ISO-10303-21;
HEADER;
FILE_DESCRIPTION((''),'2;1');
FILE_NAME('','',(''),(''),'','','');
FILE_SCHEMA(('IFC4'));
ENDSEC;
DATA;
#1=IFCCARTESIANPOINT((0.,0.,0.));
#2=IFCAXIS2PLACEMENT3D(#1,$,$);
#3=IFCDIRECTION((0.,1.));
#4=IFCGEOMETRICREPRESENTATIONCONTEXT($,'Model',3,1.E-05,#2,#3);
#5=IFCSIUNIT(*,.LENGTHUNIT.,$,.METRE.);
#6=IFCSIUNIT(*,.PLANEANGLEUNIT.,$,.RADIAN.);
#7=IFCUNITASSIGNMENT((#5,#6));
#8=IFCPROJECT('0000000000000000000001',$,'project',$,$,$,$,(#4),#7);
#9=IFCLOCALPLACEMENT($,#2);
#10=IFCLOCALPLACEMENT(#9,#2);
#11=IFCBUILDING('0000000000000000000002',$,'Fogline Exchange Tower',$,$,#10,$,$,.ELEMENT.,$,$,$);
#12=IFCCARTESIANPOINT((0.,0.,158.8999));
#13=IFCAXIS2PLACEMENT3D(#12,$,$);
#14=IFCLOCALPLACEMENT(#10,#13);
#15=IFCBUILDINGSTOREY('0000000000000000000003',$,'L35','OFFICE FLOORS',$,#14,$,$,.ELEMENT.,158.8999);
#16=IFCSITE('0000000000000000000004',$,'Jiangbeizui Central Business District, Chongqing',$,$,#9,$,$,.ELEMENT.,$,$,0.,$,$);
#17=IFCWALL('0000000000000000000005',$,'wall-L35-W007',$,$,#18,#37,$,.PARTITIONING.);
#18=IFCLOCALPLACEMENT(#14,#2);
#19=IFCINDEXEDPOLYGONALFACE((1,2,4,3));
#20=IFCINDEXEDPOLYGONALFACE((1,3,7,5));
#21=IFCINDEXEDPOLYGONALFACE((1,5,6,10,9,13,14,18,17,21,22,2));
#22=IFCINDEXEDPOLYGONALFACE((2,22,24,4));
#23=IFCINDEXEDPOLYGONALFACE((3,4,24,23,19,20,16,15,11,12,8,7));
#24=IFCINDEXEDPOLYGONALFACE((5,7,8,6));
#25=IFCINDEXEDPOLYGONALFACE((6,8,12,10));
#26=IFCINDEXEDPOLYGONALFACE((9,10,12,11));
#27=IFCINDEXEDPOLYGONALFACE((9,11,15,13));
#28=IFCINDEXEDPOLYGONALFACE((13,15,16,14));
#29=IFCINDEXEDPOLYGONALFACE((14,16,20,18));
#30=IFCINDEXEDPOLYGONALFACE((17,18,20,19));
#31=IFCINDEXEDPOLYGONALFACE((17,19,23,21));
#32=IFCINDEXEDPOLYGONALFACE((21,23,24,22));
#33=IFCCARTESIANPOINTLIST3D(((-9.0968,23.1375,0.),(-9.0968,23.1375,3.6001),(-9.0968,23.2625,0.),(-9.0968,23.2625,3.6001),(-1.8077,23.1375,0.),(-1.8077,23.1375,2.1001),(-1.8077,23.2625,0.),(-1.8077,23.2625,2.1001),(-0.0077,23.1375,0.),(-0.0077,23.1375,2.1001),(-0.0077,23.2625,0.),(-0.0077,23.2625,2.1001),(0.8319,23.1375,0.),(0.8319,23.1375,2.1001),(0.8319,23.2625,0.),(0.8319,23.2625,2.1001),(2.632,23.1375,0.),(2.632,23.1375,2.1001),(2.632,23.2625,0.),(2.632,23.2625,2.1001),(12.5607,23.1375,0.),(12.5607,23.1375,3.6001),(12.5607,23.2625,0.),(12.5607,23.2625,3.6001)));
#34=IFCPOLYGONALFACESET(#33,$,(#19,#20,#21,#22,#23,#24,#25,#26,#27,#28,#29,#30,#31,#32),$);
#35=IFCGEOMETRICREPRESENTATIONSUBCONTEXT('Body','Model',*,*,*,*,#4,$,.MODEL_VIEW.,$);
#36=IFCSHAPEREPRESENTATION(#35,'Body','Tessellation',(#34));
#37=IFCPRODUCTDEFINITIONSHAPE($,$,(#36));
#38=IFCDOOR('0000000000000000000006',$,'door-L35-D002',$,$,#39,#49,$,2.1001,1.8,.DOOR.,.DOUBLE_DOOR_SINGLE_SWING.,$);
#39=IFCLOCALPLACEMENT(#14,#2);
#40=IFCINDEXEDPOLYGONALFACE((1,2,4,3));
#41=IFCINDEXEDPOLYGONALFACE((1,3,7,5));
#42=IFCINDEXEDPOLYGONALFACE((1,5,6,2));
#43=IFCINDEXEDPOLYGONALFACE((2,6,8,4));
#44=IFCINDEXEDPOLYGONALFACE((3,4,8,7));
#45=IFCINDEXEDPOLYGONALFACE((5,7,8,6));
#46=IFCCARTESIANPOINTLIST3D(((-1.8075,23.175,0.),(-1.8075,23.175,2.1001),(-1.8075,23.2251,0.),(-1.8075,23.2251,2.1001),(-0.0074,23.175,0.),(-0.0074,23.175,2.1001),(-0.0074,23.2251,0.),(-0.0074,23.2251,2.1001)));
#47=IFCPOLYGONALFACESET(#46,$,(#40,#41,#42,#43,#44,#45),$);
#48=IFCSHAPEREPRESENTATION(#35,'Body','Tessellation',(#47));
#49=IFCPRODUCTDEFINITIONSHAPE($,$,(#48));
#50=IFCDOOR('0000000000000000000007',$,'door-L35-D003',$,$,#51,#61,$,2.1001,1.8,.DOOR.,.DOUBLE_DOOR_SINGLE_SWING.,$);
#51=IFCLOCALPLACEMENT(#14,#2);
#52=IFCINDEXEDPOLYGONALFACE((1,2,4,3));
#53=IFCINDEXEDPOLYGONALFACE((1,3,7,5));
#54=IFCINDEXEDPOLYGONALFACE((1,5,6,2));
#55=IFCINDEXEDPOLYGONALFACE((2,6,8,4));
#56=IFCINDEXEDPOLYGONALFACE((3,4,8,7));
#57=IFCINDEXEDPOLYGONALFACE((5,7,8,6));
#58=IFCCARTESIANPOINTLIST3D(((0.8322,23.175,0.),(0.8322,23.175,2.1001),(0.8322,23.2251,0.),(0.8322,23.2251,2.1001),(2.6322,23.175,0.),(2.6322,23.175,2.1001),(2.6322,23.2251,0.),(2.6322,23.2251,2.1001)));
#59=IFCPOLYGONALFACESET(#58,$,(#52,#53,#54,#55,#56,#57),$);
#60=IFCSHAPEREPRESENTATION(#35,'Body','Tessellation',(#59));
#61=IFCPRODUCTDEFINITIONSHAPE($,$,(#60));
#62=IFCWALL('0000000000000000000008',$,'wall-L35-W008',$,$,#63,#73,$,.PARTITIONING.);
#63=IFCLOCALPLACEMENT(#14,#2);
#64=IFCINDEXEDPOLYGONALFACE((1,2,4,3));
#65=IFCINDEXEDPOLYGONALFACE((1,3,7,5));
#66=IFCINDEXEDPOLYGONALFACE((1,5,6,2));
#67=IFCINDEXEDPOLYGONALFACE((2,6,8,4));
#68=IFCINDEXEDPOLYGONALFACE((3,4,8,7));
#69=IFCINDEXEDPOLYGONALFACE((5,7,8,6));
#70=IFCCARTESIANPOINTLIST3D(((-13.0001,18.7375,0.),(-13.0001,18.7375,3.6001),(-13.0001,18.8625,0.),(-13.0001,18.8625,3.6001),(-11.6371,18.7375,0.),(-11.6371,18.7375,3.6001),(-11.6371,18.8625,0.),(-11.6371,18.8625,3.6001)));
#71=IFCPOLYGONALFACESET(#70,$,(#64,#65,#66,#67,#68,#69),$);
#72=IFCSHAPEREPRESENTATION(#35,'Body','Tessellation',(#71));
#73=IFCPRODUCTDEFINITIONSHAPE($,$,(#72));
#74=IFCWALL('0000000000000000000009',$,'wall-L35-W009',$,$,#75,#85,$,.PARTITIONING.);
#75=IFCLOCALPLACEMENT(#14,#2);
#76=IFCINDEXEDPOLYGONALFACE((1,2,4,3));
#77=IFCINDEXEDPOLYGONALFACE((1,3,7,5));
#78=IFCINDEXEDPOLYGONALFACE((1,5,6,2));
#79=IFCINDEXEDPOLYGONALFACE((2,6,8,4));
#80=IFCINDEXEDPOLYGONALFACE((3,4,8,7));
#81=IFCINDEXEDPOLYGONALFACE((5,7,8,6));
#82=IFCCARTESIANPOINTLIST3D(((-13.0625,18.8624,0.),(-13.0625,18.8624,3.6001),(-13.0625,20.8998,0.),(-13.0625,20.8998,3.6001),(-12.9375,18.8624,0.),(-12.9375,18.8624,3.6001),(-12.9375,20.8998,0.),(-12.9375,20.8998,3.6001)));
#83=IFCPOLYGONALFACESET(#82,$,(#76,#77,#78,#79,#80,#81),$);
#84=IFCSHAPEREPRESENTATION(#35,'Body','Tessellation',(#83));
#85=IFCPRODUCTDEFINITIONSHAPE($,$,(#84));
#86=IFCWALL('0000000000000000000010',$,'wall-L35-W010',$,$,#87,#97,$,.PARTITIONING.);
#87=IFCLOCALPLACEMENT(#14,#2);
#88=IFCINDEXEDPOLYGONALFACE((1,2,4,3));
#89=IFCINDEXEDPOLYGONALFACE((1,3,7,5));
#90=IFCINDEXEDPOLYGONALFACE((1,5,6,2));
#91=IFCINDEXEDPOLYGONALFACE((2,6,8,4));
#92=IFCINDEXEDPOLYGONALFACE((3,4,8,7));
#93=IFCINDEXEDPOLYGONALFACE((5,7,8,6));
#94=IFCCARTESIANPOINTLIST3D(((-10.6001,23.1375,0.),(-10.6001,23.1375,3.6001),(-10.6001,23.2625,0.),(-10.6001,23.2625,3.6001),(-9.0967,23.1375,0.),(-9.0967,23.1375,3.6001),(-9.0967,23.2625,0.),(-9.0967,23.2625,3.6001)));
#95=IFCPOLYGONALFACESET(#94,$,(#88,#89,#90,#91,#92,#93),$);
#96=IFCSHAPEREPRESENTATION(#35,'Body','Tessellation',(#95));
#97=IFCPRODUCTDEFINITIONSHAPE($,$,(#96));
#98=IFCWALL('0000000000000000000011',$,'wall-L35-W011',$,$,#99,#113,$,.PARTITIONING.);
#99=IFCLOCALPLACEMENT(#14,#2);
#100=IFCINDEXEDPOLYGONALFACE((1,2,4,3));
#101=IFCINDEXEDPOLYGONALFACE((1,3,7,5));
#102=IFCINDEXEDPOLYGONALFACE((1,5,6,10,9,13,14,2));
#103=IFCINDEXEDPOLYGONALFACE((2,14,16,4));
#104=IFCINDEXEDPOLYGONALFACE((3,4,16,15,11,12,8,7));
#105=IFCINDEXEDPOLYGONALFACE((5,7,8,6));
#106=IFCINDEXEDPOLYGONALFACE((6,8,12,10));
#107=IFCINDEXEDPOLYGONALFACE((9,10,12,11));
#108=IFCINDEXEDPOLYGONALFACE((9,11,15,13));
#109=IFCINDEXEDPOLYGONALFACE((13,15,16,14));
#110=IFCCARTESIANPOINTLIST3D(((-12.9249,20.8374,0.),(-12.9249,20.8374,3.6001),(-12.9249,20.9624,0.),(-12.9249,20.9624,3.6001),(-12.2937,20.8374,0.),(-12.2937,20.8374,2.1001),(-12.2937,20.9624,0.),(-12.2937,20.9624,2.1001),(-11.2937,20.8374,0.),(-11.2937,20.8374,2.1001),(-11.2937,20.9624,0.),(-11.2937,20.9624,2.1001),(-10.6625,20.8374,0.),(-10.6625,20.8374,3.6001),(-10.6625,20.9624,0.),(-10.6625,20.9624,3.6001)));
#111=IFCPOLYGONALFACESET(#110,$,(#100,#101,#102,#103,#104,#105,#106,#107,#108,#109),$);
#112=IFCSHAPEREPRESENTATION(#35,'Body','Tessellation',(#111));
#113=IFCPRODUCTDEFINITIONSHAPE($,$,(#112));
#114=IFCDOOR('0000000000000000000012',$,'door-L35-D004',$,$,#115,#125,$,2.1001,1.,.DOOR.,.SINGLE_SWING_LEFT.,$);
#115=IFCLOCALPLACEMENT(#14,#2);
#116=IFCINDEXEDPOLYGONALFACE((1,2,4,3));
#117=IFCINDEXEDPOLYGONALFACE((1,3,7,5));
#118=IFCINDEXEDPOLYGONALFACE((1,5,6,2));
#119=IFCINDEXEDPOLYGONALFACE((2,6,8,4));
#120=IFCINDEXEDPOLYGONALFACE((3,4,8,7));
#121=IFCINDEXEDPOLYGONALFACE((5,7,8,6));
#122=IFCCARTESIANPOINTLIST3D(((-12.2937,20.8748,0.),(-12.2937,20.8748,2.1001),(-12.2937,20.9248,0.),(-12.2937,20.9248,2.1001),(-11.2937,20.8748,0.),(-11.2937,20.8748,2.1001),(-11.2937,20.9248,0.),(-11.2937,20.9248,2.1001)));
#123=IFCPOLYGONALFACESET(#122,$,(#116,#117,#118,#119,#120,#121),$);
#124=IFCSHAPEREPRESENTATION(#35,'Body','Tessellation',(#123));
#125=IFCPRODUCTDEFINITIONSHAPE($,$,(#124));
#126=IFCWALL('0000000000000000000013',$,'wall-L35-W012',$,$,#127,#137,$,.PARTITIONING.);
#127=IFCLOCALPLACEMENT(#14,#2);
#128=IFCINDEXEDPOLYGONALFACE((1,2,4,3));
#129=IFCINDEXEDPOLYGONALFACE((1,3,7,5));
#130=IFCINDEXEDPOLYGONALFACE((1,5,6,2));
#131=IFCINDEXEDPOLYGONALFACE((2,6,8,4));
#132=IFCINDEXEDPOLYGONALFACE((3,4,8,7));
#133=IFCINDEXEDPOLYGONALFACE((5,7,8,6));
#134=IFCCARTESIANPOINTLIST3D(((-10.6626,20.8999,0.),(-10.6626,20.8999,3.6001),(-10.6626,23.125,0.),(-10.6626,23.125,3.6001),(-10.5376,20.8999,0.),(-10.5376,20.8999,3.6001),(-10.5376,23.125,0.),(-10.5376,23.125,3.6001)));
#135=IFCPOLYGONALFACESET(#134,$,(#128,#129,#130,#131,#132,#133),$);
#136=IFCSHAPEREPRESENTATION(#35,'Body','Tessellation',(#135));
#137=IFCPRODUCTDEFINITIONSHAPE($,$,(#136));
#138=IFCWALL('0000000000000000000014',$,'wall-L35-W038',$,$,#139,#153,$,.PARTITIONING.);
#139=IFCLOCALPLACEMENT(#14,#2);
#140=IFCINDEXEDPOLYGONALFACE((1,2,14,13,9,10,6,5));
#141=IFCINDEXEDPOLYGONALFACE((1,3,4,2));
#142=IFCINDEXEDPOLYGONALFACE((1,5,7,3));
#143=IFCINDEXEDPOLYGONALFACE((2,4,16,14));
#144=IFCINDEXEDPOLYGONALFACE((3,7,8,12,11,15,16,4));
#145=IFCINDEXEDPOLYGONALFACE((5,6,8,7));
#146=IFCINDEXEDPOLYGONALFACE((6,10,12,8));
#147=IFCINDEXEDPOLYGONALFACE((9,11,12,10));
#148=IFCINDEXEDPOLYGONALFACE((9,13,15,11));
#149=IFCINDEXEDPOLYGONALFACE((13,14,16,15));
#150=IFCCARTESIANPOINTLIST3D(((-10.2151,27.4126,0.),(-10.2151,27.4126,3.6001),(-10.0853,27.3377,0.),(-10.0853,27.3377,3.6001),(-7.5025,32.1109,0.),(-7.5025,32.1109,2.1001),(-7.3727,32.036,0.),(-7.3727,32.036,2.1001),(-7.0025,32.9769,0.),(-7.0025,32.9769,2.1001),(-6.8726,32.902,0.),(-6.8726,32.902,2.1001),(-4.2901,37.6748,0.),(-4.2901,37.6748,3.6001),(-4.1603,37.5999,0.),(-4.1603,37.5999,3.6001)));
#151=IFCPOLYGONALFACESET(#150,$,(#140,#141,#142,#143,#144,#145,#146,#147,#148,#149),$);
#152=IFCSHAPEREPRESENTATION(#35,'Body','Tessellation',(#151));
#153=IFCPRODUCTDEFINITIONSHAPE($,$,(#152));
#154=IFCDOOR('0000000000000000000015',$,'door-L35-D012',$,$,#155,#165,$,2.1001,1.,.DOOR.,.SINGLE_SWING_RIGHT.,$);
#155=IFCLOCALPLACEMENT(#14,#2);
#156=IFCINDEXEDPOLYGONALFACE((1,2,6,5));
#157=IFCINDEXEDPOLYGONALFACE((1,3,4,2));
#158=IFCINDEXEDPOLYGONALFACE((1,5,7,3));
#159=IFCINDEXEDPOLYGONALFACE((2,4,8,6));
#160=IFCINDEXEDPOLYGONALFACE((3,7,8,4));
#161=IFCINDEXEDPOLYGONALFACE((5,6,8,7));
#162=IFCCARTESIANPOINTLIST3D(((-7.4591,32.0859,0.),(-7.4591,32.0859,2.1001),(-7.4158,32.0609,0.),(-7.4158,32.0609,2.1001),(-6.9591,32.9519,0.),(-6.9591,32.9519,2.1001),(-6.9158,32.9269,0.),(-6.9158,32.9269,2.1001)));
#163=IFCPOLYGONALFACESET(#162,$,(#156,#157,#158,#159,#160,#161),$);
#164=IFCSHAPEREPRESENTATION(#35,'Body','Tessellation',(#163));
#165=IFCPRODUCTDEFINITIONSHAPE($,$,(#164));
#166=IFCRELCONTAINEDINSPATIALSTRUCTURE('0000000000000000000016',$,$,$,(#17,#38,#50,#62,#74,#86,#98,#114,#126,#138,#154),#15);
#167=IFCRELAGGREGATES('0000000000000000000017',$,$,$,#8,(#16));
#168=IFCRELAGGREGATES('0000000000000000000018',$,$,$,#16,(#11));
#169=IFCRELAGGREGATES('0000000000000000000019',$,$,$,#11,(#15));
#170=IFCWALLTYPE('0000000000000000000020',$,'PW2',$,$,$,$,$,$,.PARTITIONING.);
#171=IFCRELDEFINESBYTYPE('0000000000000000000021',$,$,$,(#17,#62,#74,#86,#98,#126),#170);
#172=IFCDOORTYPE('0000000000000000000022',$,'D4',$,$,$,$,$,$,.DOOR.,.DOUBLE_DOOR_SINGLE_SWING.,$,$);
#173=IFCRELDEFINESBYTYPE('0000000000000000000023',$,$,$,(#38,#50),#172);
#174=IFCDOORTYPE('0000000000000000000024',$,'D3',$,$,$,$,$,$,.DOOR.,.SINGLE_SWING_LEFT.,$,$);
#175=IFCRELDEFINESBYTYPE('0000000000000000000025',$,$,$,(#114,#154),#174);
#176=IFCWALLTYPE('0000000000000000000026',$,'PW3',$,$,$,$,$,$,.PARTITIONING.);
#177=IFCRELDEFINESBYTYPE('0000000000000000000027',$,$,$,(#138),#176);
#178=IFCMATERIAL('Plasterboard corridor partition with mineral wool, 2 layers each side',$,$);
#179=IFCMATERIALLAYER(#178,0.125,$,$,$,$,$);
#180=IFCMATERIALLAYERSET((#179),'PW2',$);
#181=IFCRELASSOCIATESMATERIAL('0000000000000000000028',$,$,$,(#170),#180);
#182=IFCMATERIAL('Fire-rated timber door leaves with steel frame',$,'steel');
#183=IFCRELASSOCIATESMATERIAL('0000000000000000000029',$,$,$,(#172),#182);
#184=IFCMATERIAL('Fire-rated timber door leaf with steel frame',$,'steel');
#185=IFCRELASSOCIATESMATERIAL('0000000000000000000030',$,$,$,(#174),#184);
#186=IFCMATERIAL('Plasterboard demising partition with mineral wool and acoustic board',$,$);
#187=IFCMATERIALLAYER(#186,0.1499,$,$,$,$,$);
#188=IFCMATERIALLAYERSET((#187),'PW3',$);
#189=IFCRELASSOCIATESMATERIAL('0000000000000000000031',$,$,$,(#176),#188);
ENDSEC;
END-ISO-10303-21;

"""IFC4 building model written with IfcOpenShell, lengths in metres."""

from ifc_helpers import new_model, si_unit, direction, frame, frame_2d, origin, place, context, subcontext, project, spatial, rectangle, extrude, material, layer, layer_set, type_object, element, fill, save


model = new_model("IFC4")

# Units and contexts
model_context = context("Model", 3, precision=1e-05, world=origin(), true_north=direction((0.0, 1.0)))
body_context = subcontext(model_context, "Body", "Model", "MODEL_VIEW")
ifc_project = project(units=[si_unit("LENGTHUNIT", "METRE"), si_unit("PLANEANGLEUNIT", "RADIAN")], contexts=[model_context])

# Site, building, storey
site_placement = place(None, origin())
site = spatial("IfcSite", under=ifc_project, at=site_placement, Name="Jiangbeizui Central Business District, Chongqing", CompositionType="ELEMENT", RefElevation=0.0)
building_placement = place(site_placement, origin())
building = spatial("IfcBuilding", under=site, at=building_placement, Name="Fogline Exchange Tower", CompositionType="ELEMENT")
storey_placement = place(building_placement, frame((0.0, 0.0, 158.8999)))
storey = spatial("IfcBuildingStorey", under=building, at=storey_placement, Name="L35", Description="OFFICE FLOORS", CompositionType="ELEMENT", Elevation=158.8999)

# Wall, openings, doors
ifc_material_1 = material(Name="Plasterboard corridor partition with mineral wool, 2 layers each side")
ifc_layer_1 = layer(ifc_material_1, 0.125)
ifc_layer_set_1 = layer_set([ifc_layer_1], Name="PW2")
wall_type_1 = type_object("IfcWallType", Name="PW2", PredefinedType="PARTITIONING", material=ifc_layer_set_1)
wall_1_placement = place(storey_placement, frame((-9.0967, 23.2, 0.0), z_axis=(0.0, 0.0, 1.0), x_axis=(1.0, 0.0, 0.0)))
wall_1 = element("IfcWall", 1, at=wall_1_placement, inside=storey, type_object=wall_type_1, Name="wall-L35-W007", PredefinedType="PARTITIONING", context=body_context, shape_type="SweptSolid", body=[
    extrude(rectangle(XDim=21.6575, YDim=0.125, at=frame_2d((10.8286, 0.0))), origin(), (0.0, 0.0, 1.0), 3.6001),
])
opening_1_placement = place(wall_1_placement, frame((7.2891, 0.0, 0.0)))
opening_1 = element("IfcOpeningElement", 2, at=opening_1_placement, cuts=wall_1, PredefinedType="OPENING", context=body_context, shape_type="SweptSolid", body=[
    extrude(rectangle(XDim=1.8, YDim=2.1001, at=frame_2d((0.8999, 1.05))), frame((0.0, 0.0725, 0.0), z_axis=(0.0, -1.0, 0.0), x_axis=(1.0, 0.0, 0.0)), (0.0, 0.0, 1.0), 0.145),
])
opening_2_placement = place(wall_1_placement, frame((9.9287, 0.0, 0.0)))
opening_2 = element("IfcOpeningElement", 3, at=opening_2_placement, cuts=wall_1, PredefinedType="OPENING", context=body_context, shape_type="SweptSolid", body=[
    extrude(rectangle(XDim=1.8, YDim=2.1001, at=frame_2d((0.8999, 1.05))), frame((0.0, 0.0725, 0.0), z_axis=(0.0, -1.0, 0.0), x_axis=(1.0, 0.0, 0.0)), (0.0, 0.0, 1.0), 0.145),
])
ifc_material_2 = material(Name="Fire-rated timber door leaves with steel frame", Category="steel")
door_type_1 = type_object("IfcDoorType", Name="D4", OperationType="DOUBLE_DOOR_SINGLE_SWING", PredefinedType="DOOR", material=ifc_material_2)
door_1_placement = place(opening_1_placement, frame((1.8, 0.0, 0.0), z_axis=(0.0, 0.0, 1.0), x_axis=(-1.0, 0.0, 0.0)))
door_1 = element("IfcDoor", 4, at=door_1_placement, inside=storey, type_object=door_type_1, Name="door-L35-D002", OperationType="DOUBLE_DOOR_SINGLE_SWING", OverallHeight=2.1001, OverallWidth=1.8, PredefinedType="DOOR", context=body_context, shape_type="SweptSolid", body=[
    extrude(rectangle(XDim=1.8, YDim=2.1001, at=frame_2d((0.8999, 1.05))), frame((0.0, 0.0249, 0.0), z_axis=(0.0, -1.0, 0.0), x_axis=(1.0, 0.0, 0.0)), (0.0, 0.0, 1.0), 0.05),
])
fill(opening_1, door_1)
door_2_placement = place(opening_2_placement, frame((1.8, 0.0, 0.0), z_axis=(0.0, 0.0, 1.0), x_axis=(-1.0, 0.0, 0.0)))
door_2 = element("IfcDoor", 5, at=door_2_placement, inside=storey, type_object=door_type_1, Name="door-L35-D003", OperationType="DOUBLE_DOOR_SINGLE_SWING", OverallHeight=2.1001, OverallWidth=1.8, PredefinedType="DOOR", context=body_context, shape_type="SweptSolid", body=[
    extrude(rectangle(XDim=1.8, YDim=2.1001, at=frame_2d((0.8999, 1.05))), frame((0.0, 0.0249, 0.0), z_axis=(0.0, -1.0, 0.0), x_axis=(1.0, 0.0, 0.0)), (0.0, 0.0, 1.0), 0.05),
])
fill(opening_2, door_2)

# Walls
wall_2_placement = place(storey_placement, frame((-11.637, 18.8, 0.0), z_axis=(0.0, 0.0, 1.0), x_axis=(-1.0, 0.0, 0.0)))
element("IfcWall", 6, at=wall_2_placement, inside=storey, type_object=wall_type_1, Name="wall-L35-W008", PredefinedType="PARTITIONING", context=body_context, shape_type="SweptSolid", body=[
    extrude(rectangle(XDim=1.363, YDim=0.125, at=frame_2d((0.6816, 0.0))), origin(), (0.0, 0.0, 1.0), 3.6001),
])
wall_3_placement = place(storey_placement, frame((-13.0, 18.8625, 0.0), z_axis=(0.0, 0.0, 1.0), x_axis=(0.0, 1.0, 0.0)))
element("IfcWall", 7, at=wall_3_placement, inside=storey, type_object=wall_type_1, Name="wall-L35-W009", PredefinedType="PARTITIONING", context=body_context, shape_type="SweptSolid", body=[
    extrude(rectangle(XDim=2.0374, YDim=0.125, at=frame_2d((1.0186, 0.0))), origin(), (0.0, 0.0, 1.0), 3.6001),
])
wall_4_placement = place(storey_placement, frame((-10.6001, 23.2, 0.0), z_axis=(0.0, 0.0, 1.0), x_axis=(1.0, 0.0, 0.0)))
element("IfcWall", 8, at=wall_4_placement, inside=storey, type_object=wall_type_1, Name="wall-L35-W010", PredefinedType="PARTITIONING", context=body_context, shape_type="SweptSolid", body=[
    extrude(rectangle(XDim=1.5034, YDim=0.125, at=frame_2d((0.7517, 0.0))), origin(), (0.0, 0.0, 1.0), 3.6001),
])

# Wall, opening, door
wall_5_placement = place(storey_placement, frame((-12.925, 20.8999, 0.0), z_axis=(0.0, 0.0, 1.0), x_axis=(1.0, 0.0, 0.0)))
wall_5 = element("IfcWall", 9, at=wall_5_placement, inside=storey, type_object=wall_type_1, Name="wall-L35-W011", PredefinedType="PARTITIONING", context=body_context, shape_type="SweptSolid", body=[
    extrude(rectangle(XDim=2.2625, YDim=0.125, at=frame_2d((1.1313, 0.0))), origin(), (0.0, 0.0, 1.0), 3.6001),
])
opening_3_placement = place(wall_5_placement, frame((0.6313, 0.0, 0.0)))
opening_3 = element("IfcOpeningElement", 10, at=opening_3_placement, cuts=wall_5, PredefinedType="OPENING", context=body_context, shape_type="SweptSolid", body=[
    extrude(rectangle(XDim=1.0, YDim=2.1001, at=frame_2d((0.5, 1.05))), frame((0.0, 0.0725, 0.0), z_axis=(0.0, -1.0, 0.0), x_axis=(1.0, 0.0, 0.0)), (0.0, 0.0, 1.0), 0.145),
])
ifc_material_3 = material(Name="Fire-rated timber door leaf with steel frame", Category="steel")
door_type_2 = type_object("IfcDoorType", Name="D3", OperationType="SINGLE_SWING_LEFT", PredefinedType="DOOR", material=ifc_material_3)
door_3_placement = place(opening_3_placement, origin())
door_3 = element("IfcDoor", 11, at=door_3_placement, inside=storey, type_object=door_type_2, Name="door-L35-D004", OperationType="SINGLE_SWING_LEFT", OverallHeight=2.1001, OverallWidth=1.0, PredefinedType="DOOR", context=body_context, shape_type="SweptSolid", body=[
    extrude(rectangle(XDim=1.0, YDim=2.1001, at=frame_2d((0.5, 1.05))), frame((0.0, 0.0249, 0.0), z_axis=(0.0, -1.0, 0.0), x_axis=(1.0, 0.0, 0.0)), (0.0, 0.0, 1.0), 0.05),
])
fill(opening_3, door_3)

# Wall
wall_6_placement = place(storey_placement, frame((-10.6001, 20.8999, 0.0), z_axis=(0.0, 0.0, 1.0), x_axis=(0.0, 1.0, 0.0)))
element("IfcWall", 12, at=wall_6_placement, inside=storey, type_object=wall_type_1, Name="wall-L35-W012", PredefinedType="PARTITIONING", context=body_context, shape_type="SweptSolid", body=[
    extrude(rectangle(XDim=2.2251, YDim=0.125, at=frame_2d((1.1125, 0.0))), origin(), (0.0, 0.0, 1.0), 3.6001),
])

# Wall, opening, door
ifc_material_4 = material(Name="Plasterboard demising partition with mineral wool and acoustic board")
ifc_layer_2 = layer(ifc_material_4, 0.1499)
ifc_layer_set_2 = layer_set([ifc_layer_2], Name="PW3")
wall_type_2 = type_object("IfcWallType", Name="PW3", PredefinedType="PARTITIONING", material=ifc_layer_set_2)
wall_7_placement = place(storey_placement, frame((-10.1501, 27.3752, 0.0), z_axis=(0.0, 0.0, 1.0), x_axis=(0.50001, 0.86602, 0.0)))
wall_7 = element("IfcWall", 13, at=wall_7_placement, inside=storey, type_object=wall_type_2, Name="wall-L35-W038", PredefinedType="PARTITIONING", context=body_context, shape_type="SweptSolid", body=[
    extrude(rectangle(XDim=11.8499, YDim=0.1499, at=frame_2d((5.9248, 0.0))), origin(), (0.0, 0.0, 1.0), 3.6001),
])
opening_4_placement = place(wall_7_placement, frame((5.425, 0.0, 0.0)))
opening_4 = element("IfcOpeningElement", 14, at=opening_4_placement, cuts=wall_7, PredefinedType="OPENING", context=body_context, shape_type="SweptSolid", body=[
    extrude(rectangle(XDim=1.0, YDim=2.1001, at=frame_2d((0.5, 1.05))), frame((0.0, 0.085, 0.0), z_axis=(0.0, -1.0, 0.0), x_axis=(1.0, 0.0, 0.0)), (0.0, 0.0, 1.0), 0.1699),
])
door_4_placement = place(opening_4_placement, origin())
door_4 = element("IfcDoor", 15, at=door_4_placement, inside=storey, type_object=door_type_2, Name="door-L35-D012", OperationType="SINGLE_SWING_RIGHT", OverallHeight=2.1001, OverallWidth=1.0, PredefinedType="DOOR", context=body_context, shape_type="SweptSolid", body=[
    extrude(rectangle(XDim=1.0, YDim=2.1001, at=frame_2d((0.5, 1.05))), frame((0.0, 0.0249, 0.0), z_axis=(0.0, -1.0, 0.0), x_axis=(1.0, 0.0, 0.0)), (0.0, 0.0, 1.0), 0.05),
])
fill(opening_4, door_4)

save(model, "model.ifc")
